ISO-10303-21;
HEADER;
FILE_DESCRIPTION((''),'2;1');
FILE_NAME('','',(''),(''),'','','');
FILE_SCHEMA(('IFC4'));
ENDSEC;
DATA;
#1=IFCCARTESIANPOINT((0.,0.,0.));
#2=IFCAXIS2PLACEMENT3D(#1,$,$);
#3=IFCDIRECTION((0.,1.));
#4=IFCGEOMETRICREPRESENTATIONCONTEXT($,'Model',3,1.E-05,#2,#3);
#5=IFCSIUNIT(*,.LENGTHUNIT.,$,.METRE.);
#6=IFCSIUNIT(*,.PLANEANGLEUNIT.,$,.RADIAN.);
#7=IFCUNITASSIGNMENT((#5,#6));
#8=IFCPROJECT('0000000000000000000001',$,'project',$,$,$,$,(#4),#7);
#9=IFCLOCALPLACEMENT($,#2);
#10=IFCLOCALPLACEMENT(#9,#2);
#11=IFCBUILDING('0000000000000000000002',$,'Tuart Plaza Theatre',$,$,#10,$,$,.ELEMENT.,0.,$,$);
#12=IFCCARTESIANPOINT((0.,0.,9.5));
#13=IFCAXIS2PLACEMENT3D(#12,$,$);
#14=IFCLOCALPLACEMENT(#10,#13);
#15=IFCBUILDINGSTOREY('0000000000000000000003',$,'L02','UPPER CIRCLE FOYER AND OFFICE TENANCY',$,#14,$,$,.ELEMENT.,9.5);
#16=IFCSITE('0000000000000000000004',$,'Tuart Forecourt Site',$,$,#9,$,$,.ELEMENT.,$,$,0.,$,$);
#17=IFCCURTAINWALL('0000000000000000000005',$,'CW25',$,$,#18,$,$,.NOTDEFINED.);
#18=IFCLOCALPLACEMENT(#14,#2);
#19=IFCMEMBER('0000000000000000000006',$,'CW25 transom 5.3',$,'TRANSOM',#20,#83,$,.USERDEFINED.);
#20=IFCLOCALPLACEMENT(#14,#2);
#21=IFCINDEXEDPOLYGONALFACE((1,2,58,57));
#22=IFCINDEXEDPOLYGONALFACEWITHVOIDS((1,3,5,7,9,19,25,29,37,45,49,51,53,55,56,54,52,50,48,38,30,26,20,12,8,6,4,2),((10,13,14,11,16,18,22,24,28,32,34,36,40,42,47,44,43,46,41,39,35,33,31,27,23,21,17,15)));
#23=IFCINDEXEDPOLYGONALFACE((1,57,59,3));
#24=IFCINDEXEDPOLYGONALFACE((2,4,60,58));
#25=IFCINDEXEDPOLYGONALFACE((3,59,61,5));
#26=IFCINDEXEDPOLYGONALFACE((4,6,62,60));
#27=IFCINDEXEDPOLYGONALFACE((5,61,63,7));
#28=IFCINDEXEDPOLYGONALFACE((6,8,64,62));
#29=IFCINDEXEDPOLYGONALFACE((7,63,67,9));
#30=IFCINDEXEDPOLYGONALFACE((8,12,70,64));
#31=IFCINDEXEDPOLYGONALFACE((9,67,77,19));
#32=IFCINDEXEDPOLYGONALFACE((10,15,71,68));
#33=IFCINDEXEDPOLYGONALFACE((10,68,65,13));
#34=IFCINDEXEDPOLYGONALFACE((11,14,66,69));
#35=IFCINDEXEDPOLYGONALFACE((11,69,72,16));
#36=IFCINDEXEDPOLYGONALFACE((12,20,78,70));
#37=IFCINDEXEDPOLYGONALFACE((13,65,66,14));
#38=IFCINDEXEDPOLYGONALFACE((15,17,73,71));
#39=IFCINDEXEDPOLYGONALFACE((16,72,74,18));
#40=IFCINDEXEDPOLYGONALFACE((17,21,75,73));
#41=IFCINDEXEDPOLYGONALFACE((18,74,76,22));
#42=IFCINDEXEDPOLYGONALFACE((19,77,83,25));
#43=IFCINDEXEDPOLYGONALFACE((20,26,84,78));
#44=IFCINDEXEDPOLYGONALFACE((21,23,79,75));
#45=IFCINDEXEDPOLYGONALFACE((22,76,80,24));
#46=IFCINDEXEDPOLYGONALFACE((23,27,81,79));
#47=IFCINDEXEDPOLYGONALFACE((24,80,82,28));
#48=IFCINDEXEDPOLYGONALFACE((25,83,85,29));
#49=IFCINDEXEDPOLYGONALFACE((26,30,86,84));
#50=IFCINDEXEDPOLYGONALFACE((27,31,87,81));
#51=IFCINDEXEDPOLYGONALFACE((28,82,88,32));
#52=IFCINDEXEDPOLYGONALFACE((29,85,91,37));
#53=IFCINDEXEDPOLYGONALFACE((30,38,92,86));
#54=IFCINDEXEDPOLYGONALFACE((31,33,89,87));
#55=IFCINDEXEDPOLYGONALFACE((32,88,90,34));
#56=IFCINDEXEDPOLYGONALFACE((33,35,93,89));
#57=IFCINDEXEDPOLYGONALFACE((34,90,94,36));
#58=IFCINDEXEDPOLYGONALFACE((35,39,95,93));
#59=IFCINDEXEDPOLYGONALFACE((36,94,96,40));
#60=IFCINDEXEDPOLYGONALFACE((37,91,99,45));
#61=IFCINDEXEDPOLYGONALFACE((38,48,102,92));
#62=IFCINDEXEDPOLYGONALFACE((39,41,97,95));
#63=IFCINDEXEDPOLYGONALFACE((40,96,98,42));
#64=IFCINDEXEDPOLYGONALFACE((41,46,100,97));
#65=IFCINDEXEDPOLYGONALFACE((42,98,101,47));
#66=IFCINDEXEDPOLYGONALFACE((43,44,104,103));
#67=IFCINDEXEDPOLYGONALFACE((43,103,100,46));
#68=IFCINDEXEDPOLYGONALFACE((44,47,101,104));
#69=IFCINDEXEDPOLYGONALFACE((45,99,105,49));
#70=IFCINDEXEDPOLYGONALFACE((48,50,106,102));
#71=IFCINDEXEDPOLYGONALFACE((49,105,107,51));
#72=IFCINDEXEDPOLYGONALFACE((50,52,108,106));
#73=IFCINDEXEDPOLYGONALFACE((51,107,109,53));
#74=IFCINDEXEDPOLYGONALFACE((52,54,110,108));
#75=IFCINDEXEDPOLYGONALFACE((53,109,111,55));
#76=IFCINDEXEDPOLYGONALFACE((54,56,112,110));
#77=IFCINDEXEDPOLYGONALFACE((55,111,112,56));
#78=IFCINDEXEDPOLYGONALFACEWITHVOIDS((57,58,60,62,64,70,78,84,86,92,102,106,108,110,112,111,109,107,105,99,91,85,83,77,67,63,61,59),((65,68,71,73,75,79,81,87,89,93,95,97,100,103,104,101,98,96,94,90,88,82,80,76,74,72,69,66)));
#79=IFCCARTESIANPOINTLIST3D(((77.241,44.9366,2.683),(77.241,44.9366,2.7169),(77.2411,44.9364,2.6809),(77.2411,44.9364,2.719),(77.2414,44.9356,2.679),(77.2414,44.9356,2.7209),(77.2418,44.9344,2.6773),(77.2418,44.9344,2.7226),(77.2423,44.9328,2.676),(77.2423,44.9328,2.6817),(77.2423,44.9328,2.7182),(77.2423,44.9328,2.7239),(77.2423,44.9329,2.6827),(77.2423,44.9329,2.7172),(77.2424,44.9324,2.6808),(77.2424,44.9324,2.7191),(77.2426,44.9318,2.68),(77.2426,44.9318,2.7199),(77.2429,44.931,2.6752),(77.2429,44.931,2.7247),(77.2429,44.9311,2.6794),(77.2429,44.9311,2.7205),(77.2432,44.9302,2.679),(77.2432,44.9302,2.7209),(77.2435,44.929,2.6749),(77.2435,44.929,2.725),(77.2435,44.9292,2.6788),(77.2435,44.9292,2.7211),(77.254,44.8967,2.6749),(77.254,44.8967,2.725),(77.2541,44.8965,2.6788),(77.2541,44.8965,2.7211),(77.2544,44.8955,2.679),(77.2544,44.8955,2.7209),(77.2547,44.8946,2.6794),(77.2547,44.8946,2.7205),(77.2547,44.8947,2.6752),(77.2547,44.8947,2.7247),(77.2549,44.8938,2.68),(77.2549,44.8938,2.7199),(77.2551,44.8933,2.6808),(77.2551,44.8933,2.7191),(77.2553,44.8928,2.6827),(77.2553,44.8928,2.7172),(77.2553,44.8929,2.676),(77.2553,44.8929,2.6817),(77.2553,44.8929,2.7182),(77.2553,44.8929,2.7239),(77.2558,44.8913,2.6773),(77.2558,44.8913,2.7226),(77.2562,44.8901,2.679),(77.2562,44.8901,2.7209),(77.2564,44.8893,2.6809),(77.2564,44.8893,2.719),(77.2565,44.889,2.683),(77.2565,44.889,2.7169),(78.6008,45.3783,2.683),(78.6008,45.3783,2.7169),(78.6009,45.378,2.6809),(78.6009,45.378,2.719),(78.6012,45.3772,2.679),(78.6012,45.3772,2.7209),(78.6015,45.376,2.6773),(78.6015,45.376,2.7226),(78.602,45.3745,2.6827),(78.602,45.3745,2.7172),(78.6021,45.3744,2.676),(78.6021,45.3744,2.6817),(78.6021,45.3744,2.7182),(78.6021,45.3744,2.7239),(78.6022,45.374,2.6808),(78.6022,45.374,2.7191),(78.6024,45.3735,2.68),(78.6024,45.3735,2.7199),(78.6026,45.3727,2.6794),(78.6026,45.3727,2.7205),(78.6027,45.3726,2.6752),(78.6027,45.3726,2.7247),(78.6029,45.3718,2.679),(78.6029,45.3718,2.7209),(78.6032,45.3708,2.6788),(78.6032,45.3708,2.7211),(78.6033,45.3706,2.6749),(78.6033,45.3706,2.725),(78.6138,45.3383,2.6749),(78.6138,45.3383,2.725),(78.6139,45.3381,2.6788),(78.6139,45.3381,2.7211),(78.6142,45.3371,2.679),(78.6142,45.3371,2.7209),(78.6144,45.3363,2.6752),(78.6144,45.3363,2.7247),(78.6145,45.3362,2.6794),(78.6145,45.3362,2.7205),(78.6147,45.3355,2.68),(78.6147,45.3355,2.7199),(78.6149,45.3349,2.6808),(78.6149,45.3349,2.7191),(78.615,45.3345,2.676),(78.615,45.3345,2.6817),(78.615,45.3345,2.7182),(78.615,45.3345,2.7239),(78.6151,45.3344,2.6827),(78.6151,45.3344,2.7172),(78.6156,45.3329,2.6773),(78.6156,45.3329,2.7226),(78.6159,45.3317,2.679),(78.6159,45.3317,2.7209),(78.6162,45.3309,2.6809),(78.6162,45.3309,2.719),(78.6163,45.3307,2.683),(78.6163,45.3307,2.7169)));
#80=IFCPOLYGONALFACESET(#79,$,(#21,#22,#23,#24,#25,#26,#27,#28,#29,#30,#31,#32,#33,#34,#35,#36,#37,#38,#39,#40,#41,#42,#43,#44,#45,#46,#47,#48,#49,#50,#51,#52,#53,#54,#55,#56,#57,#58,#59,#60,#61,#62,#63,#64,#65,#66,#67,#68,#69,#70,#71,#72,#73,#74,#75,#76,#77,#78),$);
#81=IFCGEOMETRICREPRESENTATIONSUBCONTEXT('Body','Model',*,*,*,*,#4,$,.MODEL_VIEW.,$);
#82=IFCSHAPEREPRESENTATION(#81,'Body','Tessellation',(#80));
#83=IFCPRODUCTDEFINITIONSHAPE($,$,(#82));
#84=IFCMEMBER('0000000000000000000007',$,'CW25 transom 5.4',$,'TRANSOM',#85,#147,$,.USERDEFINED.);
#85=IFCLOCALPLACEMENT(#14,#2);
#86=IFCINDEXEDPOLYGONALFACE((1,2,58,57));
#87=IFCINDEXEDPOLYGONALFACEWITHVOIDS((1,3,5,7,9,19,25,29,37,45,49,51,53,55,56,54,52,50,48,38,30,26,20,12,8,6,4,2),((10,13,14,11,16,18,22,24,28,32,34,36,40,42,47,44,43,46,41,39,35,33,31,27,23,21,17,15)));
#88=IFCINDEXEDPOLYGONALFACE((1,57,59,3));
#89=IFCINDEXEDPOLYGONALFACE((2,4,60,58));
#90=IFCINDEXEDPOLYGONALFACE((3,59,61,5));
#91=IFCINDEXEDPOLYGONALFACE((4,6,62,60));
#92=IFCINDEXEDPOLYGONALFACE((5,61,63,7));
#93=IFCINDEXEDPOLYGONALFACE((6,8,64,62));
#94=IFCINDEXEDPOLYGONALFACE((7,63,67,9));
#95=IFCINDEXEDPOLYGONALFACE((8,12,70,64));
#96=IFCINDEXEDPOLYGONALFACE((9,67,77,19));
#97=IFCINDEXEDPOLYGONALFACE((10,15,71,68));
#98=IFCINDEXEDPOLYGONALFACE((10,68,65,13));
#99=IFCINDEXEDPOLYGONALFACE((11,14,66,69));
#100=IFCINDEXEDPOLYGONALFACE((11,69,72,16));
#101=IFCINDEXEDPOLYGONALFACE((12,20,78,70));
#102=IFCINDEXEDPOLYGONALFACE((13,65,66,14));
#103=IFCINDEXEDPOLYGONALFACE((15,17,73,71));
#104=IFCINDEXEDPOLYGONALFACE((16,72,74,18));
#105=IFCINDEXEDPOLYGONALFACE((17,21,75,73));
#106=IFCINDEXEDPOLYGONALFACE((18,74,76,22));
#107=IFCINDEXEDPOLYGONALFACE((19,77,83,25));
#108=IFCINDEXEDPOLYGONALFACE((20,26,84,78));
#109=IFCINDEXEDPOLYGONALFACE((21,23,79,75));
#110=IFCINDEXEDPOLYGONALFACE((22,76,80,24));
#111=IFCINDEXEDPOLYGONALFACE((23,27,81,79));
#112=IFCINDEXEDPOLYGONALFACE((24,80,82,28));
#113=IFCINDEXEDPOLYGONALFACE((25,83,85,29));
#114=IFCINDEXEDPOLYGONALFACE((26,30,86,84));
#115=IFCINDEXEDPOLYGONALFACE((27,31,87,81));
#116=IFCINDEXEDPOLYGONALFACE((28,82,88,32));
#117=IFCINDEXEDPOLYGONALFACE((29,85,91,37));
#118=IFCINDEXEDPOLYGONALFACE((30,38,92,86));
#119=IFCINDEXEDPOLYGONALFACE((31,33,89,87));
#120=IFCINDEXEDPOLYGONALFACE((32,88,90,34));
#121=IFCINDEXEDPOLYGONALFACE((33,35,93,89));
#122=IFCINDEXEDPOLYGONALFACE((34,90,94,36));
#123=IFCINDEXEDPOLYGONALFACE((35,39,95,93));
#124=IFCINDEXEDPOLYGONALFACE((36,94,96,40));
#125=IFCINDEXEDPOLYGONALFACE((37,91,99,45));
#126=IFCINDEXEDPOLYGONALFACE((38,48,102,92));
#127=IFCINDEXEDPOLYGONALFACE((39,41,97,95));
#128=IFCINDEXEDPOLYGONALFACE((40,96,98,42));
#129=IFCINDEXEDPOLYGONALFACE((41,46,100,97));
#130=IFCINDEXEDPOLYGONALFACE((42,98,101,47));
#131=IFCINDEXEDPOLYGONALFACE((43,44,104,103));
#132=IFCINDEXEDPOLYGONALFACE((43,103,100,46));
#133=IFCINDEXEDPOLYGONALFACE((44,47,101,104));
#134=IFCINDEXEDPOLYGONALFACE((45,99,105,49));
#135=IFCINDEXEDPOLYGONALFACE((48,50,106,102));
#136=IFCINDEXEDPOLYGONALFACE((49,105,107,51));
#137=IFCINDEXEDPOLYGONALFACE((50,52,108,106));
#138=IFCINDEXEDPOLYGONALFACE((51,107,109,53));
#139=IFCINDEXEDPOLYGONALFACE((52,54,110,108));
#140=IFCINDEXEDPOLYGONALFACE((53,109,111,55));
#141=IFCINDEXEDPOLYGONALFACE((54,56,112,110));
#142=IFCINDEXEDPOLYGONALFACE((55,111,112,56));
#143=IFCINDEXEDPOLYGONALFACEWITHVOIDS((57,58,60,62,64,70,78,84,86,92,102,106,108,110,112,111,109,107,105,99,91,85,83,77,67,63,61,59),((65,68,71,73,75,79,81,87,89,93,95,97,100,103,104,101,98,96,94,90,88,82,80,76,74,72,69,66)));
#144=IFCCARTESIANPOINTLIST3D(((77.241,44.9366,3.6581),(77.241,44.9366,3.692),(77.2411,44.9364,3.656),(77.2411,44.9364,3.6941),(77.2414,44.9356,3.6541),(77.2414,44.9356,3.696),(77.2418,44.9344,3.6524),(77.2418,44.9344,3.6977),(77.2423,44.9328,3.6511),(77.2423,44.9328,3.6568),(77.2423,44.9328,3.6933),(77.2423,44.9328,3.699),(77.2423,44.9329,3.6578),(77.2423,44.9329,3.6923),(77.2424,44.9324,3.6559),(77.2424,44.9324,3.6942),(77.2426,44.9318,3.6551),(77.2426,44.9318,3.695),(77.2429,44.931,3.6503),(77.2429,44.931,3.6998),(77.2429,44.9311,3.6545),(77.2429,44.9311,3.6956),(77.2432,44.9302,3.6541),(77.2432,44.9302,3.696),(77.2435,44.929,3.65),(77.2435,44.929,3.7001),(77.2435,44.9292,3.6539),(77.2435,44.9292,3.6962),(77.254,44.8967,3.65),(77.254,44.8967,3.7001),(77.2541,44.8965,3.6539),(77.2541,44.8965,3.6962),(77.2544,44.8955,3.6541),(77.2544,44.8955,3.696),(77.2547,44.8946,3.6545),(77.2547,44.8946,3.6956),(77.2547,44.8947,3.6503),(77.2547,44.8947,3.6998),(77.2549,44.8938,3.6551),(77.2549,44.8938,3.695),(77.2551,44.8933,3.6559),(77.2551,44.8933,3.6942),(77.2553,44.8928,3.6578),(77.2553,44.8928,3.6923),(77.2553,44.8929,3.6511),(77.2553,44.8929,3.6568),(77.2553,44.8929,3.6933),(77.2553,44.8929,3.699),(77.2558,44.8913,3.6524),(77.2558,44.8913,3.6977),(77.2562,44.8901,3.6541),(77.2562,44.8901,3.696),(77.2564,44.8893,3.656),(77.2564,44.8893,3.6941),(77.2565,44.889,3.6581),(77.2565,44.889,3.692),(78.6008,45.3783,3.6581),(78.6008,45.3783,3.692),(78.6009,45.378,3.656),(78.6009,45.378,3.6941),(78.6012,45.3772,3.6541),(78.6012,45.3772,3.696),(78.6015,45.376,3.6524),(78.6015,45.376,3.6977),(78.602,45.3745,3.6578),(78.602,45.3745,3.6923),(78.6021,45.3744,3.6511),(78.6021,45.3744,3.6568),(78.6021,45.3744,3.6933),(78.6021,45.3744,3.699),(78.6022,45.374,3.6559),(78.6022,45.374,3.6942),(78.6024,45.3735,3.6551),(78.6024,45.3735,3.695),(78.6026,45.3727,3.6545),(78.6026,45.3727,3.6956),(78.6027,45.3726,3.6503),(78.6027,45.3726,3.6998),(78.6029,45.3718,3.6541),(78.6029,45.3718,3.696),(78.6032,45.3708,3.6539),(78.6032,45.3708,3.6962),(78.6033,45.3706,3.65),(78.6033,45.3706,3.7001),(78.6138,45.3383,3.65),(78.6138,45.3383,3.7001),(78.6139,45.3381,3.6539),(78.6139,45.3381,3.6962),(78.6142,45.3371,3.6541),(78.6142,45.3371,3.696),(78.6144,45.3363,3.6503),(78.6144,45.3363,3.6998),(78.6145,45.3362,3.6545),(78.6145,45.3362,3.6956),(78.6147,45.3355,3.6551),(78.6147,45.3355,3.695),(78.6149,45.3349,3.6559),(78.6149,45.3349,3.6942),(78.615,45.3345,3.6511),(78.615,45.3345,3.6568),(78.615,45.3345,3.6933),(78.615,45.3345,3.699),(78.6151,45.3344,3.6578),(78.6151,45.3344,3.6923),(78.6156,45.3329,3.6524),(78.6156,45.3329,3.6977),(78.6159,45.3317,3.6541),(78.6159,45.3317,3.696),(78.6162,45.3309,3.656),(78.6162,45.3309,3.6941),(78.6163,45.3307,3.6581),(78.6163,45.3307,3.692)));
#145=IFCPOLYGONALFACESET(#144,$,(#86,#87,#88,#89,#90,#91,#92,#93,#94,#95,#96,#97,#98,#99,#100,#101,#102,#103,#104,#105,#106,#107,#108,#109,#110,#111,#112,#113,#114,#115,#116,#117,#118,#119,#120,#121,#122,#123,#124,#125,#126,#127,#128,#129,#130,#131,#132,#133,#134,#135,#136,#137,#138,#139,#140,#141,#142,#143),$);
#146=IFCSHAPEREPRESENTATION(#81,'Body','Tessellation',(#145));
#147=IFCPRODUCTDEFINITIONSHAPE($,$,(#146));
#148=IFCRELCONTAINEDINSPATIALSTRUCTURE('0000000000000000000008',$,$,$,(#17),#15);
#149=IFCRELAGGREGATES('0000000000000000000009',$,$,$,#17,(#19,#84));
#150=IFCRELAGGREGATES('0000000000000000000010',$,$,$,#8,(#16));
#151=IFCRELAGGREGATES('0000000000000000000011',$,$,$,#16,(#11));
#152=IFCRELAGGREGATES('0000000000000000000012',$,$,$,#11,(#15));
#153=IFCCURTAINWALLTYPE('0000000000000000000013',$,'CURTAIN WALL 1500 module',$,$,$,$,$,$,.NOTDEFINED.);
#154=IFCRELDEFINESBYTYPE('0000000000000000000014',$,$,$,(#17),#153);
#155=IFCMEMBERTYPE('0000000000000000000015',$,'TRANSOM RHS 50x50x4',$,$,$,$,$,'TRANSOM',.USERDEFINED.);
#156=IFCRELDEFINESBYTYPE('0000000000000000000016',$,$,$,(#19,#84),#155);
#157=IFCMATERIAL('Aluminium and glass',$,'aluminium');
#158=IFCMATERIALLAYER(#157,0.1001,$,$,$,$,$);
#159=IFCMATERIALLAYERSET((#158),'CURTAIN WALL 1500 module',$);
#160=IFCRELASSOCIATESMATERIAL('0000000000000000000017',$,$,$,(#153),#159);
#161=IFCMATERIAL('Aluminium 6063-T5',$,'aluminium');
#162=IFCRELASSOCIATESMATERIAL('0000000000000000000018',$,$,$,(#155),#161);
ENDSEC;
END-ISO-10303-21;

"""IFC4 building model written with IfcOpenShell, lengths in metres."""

from ifc_helpers import new_model, si_unit, direction, frame, origin, origin_2d, place, context, subcontext, project, spatial, hollow_rectangle, extrude, material, layer, layer_set, material_profile, profile_set, type_object, element, aggregate, save


model = new_model("IFC4")

# Units and contexts
model_context = context("Model", 3, precision=1e-05, world=origin(), true_north=direction((0.0, 1.0)))
body_context = subcontext(model_context, "Body", "Model", "MODEL_VIEW")
ifc_project = project(units=[si_unit("LENGTHUNIT", "METRE"), si_unit("PLANEANGLEUNIT", "RADIAN")], contexts=[model_context])

# Site, building, storey
site_placement = place(None, origin())
site = spatial("IfcSite", under=ifc_project, at=site_placement, Name="Tuart Forecourt Site", CompositionType="ELEMENT", RefElevation=0.0)
building_placement = place(site_placement, origin())
building = spatial("IfcBuilding", under=site, at=building_placement, Name="Tuart Plaza Theatre", CompositionType="ELEMENT", ElevationOfRefHeight=0.0)
storey_placement = place(building_placement, frame((0.0, 0.0, 9.5)))
storey = spatial("IfcBuildingStorey", under=building, at=storey_placement, Name="L02", Description="UPPER CIRCLE FOYER AND OFFICE TENANCY", CompositionType="ELEMENT", Elevation=9.5)

# Curtain wall
ifc_material_1 = material(Name="Aluminium and glass", Category="aluminium")
ifc_layer_1 = layer(ifc_material_1, 0.1001)
ifc_layer_set_1 = layer_set([ifc_layer_1], Name="CURTAIN WALL 1500 module")
curtain_wall_type = type_object("IfcCurtainWallType", Name="CURTAIN WALL 1500 module", PredefinedType="NOTDEFINED", material=ifc_layer_set_1)
curtain_wall_1_placement = place(storey_placement, origin())
curtain_wall_1 = element("IfcCurtainWall", 1, at=curtain_wall_1_placement, inside=storey, type_object=curtain_wall_type, Name="CW25", PredefinedType="NOTDEFINED")

# Members
ifc_material_2 = material(Name="Aluminium 6063-T5", Category="aluminium")
ifc_material_profile_1 = material_profile(ifc_material_2, hollow_rectangle(XDim=0.05, YDim=0.05, WallThickness=0.0039, InnerFilletRadius=0.0039, OuterFilletRadius=0.0081, at=origin_2d()), Name="RHS 50x50x4")
ifc_profile_set_1 = profile_set([ifc_material_profile_1], Name="Aluminium 6063-T5")
member_type_1 = type_object("IfcMemberType", Name="TRANSOM RHS 50x50x4", ElementType="TRANSOM", PredefinedType="USERDEFINED", material=ifc_profile_set_1)
member_1_placement = place(storey_placement, frame((77.2488, 44.9128, 2.7), z_axis=(0.951097, 0.308893, 0.0), x_axis=(-0.308893, 0.951097, 0.0)))
member_1 = element("IfcMember", 2, at=member_1_placement, type_object=member_type_1, Name="CW25 transom 5.3", ObjectType="TRANSOM", PredefinedType="USERDEFINED", context=body_context, shape_type="SweptSolid", body=[
    extrude(hollow_rectangle(XDim=0.05, YDim=0.05, WallThickness=0.0039, InnerFilletRadius=0.0039, OuterFilletRadius=0.0081, at=origin_2d()), origin(), (0.0, 0.0, 1.0), 1.4297),
])
member_2_placement = place(storey_placement, frame((77.2488, 44.9128, 3.675), z_axis=(0.951097, 0.308893, 0.0), x_axis=(-0.308893, 0.951097, 0.0)))
member_2 = element("IfcMember", 3, at=member_2_placement, type_object=member_type_1, Name="CW25 transom 5.4", ObjectType="TRANSOM", PredefinedType="USERDEFINED", context=body_context, shape_type="SweptSolid", body=[
    extrude(hollow_rectangle(XDim=0.05, YDim=0.05, WallThickness=0.0039, InnerFilletRadius=0.0039, OuterFilletRadius=0.0081, at=origin_2d()), origin(), (0.0, 0.0, 1.0), 1.4297),
])

aggregate(curtain_wall_1, [member_1, member_2])

save(model, "model.ifc")
